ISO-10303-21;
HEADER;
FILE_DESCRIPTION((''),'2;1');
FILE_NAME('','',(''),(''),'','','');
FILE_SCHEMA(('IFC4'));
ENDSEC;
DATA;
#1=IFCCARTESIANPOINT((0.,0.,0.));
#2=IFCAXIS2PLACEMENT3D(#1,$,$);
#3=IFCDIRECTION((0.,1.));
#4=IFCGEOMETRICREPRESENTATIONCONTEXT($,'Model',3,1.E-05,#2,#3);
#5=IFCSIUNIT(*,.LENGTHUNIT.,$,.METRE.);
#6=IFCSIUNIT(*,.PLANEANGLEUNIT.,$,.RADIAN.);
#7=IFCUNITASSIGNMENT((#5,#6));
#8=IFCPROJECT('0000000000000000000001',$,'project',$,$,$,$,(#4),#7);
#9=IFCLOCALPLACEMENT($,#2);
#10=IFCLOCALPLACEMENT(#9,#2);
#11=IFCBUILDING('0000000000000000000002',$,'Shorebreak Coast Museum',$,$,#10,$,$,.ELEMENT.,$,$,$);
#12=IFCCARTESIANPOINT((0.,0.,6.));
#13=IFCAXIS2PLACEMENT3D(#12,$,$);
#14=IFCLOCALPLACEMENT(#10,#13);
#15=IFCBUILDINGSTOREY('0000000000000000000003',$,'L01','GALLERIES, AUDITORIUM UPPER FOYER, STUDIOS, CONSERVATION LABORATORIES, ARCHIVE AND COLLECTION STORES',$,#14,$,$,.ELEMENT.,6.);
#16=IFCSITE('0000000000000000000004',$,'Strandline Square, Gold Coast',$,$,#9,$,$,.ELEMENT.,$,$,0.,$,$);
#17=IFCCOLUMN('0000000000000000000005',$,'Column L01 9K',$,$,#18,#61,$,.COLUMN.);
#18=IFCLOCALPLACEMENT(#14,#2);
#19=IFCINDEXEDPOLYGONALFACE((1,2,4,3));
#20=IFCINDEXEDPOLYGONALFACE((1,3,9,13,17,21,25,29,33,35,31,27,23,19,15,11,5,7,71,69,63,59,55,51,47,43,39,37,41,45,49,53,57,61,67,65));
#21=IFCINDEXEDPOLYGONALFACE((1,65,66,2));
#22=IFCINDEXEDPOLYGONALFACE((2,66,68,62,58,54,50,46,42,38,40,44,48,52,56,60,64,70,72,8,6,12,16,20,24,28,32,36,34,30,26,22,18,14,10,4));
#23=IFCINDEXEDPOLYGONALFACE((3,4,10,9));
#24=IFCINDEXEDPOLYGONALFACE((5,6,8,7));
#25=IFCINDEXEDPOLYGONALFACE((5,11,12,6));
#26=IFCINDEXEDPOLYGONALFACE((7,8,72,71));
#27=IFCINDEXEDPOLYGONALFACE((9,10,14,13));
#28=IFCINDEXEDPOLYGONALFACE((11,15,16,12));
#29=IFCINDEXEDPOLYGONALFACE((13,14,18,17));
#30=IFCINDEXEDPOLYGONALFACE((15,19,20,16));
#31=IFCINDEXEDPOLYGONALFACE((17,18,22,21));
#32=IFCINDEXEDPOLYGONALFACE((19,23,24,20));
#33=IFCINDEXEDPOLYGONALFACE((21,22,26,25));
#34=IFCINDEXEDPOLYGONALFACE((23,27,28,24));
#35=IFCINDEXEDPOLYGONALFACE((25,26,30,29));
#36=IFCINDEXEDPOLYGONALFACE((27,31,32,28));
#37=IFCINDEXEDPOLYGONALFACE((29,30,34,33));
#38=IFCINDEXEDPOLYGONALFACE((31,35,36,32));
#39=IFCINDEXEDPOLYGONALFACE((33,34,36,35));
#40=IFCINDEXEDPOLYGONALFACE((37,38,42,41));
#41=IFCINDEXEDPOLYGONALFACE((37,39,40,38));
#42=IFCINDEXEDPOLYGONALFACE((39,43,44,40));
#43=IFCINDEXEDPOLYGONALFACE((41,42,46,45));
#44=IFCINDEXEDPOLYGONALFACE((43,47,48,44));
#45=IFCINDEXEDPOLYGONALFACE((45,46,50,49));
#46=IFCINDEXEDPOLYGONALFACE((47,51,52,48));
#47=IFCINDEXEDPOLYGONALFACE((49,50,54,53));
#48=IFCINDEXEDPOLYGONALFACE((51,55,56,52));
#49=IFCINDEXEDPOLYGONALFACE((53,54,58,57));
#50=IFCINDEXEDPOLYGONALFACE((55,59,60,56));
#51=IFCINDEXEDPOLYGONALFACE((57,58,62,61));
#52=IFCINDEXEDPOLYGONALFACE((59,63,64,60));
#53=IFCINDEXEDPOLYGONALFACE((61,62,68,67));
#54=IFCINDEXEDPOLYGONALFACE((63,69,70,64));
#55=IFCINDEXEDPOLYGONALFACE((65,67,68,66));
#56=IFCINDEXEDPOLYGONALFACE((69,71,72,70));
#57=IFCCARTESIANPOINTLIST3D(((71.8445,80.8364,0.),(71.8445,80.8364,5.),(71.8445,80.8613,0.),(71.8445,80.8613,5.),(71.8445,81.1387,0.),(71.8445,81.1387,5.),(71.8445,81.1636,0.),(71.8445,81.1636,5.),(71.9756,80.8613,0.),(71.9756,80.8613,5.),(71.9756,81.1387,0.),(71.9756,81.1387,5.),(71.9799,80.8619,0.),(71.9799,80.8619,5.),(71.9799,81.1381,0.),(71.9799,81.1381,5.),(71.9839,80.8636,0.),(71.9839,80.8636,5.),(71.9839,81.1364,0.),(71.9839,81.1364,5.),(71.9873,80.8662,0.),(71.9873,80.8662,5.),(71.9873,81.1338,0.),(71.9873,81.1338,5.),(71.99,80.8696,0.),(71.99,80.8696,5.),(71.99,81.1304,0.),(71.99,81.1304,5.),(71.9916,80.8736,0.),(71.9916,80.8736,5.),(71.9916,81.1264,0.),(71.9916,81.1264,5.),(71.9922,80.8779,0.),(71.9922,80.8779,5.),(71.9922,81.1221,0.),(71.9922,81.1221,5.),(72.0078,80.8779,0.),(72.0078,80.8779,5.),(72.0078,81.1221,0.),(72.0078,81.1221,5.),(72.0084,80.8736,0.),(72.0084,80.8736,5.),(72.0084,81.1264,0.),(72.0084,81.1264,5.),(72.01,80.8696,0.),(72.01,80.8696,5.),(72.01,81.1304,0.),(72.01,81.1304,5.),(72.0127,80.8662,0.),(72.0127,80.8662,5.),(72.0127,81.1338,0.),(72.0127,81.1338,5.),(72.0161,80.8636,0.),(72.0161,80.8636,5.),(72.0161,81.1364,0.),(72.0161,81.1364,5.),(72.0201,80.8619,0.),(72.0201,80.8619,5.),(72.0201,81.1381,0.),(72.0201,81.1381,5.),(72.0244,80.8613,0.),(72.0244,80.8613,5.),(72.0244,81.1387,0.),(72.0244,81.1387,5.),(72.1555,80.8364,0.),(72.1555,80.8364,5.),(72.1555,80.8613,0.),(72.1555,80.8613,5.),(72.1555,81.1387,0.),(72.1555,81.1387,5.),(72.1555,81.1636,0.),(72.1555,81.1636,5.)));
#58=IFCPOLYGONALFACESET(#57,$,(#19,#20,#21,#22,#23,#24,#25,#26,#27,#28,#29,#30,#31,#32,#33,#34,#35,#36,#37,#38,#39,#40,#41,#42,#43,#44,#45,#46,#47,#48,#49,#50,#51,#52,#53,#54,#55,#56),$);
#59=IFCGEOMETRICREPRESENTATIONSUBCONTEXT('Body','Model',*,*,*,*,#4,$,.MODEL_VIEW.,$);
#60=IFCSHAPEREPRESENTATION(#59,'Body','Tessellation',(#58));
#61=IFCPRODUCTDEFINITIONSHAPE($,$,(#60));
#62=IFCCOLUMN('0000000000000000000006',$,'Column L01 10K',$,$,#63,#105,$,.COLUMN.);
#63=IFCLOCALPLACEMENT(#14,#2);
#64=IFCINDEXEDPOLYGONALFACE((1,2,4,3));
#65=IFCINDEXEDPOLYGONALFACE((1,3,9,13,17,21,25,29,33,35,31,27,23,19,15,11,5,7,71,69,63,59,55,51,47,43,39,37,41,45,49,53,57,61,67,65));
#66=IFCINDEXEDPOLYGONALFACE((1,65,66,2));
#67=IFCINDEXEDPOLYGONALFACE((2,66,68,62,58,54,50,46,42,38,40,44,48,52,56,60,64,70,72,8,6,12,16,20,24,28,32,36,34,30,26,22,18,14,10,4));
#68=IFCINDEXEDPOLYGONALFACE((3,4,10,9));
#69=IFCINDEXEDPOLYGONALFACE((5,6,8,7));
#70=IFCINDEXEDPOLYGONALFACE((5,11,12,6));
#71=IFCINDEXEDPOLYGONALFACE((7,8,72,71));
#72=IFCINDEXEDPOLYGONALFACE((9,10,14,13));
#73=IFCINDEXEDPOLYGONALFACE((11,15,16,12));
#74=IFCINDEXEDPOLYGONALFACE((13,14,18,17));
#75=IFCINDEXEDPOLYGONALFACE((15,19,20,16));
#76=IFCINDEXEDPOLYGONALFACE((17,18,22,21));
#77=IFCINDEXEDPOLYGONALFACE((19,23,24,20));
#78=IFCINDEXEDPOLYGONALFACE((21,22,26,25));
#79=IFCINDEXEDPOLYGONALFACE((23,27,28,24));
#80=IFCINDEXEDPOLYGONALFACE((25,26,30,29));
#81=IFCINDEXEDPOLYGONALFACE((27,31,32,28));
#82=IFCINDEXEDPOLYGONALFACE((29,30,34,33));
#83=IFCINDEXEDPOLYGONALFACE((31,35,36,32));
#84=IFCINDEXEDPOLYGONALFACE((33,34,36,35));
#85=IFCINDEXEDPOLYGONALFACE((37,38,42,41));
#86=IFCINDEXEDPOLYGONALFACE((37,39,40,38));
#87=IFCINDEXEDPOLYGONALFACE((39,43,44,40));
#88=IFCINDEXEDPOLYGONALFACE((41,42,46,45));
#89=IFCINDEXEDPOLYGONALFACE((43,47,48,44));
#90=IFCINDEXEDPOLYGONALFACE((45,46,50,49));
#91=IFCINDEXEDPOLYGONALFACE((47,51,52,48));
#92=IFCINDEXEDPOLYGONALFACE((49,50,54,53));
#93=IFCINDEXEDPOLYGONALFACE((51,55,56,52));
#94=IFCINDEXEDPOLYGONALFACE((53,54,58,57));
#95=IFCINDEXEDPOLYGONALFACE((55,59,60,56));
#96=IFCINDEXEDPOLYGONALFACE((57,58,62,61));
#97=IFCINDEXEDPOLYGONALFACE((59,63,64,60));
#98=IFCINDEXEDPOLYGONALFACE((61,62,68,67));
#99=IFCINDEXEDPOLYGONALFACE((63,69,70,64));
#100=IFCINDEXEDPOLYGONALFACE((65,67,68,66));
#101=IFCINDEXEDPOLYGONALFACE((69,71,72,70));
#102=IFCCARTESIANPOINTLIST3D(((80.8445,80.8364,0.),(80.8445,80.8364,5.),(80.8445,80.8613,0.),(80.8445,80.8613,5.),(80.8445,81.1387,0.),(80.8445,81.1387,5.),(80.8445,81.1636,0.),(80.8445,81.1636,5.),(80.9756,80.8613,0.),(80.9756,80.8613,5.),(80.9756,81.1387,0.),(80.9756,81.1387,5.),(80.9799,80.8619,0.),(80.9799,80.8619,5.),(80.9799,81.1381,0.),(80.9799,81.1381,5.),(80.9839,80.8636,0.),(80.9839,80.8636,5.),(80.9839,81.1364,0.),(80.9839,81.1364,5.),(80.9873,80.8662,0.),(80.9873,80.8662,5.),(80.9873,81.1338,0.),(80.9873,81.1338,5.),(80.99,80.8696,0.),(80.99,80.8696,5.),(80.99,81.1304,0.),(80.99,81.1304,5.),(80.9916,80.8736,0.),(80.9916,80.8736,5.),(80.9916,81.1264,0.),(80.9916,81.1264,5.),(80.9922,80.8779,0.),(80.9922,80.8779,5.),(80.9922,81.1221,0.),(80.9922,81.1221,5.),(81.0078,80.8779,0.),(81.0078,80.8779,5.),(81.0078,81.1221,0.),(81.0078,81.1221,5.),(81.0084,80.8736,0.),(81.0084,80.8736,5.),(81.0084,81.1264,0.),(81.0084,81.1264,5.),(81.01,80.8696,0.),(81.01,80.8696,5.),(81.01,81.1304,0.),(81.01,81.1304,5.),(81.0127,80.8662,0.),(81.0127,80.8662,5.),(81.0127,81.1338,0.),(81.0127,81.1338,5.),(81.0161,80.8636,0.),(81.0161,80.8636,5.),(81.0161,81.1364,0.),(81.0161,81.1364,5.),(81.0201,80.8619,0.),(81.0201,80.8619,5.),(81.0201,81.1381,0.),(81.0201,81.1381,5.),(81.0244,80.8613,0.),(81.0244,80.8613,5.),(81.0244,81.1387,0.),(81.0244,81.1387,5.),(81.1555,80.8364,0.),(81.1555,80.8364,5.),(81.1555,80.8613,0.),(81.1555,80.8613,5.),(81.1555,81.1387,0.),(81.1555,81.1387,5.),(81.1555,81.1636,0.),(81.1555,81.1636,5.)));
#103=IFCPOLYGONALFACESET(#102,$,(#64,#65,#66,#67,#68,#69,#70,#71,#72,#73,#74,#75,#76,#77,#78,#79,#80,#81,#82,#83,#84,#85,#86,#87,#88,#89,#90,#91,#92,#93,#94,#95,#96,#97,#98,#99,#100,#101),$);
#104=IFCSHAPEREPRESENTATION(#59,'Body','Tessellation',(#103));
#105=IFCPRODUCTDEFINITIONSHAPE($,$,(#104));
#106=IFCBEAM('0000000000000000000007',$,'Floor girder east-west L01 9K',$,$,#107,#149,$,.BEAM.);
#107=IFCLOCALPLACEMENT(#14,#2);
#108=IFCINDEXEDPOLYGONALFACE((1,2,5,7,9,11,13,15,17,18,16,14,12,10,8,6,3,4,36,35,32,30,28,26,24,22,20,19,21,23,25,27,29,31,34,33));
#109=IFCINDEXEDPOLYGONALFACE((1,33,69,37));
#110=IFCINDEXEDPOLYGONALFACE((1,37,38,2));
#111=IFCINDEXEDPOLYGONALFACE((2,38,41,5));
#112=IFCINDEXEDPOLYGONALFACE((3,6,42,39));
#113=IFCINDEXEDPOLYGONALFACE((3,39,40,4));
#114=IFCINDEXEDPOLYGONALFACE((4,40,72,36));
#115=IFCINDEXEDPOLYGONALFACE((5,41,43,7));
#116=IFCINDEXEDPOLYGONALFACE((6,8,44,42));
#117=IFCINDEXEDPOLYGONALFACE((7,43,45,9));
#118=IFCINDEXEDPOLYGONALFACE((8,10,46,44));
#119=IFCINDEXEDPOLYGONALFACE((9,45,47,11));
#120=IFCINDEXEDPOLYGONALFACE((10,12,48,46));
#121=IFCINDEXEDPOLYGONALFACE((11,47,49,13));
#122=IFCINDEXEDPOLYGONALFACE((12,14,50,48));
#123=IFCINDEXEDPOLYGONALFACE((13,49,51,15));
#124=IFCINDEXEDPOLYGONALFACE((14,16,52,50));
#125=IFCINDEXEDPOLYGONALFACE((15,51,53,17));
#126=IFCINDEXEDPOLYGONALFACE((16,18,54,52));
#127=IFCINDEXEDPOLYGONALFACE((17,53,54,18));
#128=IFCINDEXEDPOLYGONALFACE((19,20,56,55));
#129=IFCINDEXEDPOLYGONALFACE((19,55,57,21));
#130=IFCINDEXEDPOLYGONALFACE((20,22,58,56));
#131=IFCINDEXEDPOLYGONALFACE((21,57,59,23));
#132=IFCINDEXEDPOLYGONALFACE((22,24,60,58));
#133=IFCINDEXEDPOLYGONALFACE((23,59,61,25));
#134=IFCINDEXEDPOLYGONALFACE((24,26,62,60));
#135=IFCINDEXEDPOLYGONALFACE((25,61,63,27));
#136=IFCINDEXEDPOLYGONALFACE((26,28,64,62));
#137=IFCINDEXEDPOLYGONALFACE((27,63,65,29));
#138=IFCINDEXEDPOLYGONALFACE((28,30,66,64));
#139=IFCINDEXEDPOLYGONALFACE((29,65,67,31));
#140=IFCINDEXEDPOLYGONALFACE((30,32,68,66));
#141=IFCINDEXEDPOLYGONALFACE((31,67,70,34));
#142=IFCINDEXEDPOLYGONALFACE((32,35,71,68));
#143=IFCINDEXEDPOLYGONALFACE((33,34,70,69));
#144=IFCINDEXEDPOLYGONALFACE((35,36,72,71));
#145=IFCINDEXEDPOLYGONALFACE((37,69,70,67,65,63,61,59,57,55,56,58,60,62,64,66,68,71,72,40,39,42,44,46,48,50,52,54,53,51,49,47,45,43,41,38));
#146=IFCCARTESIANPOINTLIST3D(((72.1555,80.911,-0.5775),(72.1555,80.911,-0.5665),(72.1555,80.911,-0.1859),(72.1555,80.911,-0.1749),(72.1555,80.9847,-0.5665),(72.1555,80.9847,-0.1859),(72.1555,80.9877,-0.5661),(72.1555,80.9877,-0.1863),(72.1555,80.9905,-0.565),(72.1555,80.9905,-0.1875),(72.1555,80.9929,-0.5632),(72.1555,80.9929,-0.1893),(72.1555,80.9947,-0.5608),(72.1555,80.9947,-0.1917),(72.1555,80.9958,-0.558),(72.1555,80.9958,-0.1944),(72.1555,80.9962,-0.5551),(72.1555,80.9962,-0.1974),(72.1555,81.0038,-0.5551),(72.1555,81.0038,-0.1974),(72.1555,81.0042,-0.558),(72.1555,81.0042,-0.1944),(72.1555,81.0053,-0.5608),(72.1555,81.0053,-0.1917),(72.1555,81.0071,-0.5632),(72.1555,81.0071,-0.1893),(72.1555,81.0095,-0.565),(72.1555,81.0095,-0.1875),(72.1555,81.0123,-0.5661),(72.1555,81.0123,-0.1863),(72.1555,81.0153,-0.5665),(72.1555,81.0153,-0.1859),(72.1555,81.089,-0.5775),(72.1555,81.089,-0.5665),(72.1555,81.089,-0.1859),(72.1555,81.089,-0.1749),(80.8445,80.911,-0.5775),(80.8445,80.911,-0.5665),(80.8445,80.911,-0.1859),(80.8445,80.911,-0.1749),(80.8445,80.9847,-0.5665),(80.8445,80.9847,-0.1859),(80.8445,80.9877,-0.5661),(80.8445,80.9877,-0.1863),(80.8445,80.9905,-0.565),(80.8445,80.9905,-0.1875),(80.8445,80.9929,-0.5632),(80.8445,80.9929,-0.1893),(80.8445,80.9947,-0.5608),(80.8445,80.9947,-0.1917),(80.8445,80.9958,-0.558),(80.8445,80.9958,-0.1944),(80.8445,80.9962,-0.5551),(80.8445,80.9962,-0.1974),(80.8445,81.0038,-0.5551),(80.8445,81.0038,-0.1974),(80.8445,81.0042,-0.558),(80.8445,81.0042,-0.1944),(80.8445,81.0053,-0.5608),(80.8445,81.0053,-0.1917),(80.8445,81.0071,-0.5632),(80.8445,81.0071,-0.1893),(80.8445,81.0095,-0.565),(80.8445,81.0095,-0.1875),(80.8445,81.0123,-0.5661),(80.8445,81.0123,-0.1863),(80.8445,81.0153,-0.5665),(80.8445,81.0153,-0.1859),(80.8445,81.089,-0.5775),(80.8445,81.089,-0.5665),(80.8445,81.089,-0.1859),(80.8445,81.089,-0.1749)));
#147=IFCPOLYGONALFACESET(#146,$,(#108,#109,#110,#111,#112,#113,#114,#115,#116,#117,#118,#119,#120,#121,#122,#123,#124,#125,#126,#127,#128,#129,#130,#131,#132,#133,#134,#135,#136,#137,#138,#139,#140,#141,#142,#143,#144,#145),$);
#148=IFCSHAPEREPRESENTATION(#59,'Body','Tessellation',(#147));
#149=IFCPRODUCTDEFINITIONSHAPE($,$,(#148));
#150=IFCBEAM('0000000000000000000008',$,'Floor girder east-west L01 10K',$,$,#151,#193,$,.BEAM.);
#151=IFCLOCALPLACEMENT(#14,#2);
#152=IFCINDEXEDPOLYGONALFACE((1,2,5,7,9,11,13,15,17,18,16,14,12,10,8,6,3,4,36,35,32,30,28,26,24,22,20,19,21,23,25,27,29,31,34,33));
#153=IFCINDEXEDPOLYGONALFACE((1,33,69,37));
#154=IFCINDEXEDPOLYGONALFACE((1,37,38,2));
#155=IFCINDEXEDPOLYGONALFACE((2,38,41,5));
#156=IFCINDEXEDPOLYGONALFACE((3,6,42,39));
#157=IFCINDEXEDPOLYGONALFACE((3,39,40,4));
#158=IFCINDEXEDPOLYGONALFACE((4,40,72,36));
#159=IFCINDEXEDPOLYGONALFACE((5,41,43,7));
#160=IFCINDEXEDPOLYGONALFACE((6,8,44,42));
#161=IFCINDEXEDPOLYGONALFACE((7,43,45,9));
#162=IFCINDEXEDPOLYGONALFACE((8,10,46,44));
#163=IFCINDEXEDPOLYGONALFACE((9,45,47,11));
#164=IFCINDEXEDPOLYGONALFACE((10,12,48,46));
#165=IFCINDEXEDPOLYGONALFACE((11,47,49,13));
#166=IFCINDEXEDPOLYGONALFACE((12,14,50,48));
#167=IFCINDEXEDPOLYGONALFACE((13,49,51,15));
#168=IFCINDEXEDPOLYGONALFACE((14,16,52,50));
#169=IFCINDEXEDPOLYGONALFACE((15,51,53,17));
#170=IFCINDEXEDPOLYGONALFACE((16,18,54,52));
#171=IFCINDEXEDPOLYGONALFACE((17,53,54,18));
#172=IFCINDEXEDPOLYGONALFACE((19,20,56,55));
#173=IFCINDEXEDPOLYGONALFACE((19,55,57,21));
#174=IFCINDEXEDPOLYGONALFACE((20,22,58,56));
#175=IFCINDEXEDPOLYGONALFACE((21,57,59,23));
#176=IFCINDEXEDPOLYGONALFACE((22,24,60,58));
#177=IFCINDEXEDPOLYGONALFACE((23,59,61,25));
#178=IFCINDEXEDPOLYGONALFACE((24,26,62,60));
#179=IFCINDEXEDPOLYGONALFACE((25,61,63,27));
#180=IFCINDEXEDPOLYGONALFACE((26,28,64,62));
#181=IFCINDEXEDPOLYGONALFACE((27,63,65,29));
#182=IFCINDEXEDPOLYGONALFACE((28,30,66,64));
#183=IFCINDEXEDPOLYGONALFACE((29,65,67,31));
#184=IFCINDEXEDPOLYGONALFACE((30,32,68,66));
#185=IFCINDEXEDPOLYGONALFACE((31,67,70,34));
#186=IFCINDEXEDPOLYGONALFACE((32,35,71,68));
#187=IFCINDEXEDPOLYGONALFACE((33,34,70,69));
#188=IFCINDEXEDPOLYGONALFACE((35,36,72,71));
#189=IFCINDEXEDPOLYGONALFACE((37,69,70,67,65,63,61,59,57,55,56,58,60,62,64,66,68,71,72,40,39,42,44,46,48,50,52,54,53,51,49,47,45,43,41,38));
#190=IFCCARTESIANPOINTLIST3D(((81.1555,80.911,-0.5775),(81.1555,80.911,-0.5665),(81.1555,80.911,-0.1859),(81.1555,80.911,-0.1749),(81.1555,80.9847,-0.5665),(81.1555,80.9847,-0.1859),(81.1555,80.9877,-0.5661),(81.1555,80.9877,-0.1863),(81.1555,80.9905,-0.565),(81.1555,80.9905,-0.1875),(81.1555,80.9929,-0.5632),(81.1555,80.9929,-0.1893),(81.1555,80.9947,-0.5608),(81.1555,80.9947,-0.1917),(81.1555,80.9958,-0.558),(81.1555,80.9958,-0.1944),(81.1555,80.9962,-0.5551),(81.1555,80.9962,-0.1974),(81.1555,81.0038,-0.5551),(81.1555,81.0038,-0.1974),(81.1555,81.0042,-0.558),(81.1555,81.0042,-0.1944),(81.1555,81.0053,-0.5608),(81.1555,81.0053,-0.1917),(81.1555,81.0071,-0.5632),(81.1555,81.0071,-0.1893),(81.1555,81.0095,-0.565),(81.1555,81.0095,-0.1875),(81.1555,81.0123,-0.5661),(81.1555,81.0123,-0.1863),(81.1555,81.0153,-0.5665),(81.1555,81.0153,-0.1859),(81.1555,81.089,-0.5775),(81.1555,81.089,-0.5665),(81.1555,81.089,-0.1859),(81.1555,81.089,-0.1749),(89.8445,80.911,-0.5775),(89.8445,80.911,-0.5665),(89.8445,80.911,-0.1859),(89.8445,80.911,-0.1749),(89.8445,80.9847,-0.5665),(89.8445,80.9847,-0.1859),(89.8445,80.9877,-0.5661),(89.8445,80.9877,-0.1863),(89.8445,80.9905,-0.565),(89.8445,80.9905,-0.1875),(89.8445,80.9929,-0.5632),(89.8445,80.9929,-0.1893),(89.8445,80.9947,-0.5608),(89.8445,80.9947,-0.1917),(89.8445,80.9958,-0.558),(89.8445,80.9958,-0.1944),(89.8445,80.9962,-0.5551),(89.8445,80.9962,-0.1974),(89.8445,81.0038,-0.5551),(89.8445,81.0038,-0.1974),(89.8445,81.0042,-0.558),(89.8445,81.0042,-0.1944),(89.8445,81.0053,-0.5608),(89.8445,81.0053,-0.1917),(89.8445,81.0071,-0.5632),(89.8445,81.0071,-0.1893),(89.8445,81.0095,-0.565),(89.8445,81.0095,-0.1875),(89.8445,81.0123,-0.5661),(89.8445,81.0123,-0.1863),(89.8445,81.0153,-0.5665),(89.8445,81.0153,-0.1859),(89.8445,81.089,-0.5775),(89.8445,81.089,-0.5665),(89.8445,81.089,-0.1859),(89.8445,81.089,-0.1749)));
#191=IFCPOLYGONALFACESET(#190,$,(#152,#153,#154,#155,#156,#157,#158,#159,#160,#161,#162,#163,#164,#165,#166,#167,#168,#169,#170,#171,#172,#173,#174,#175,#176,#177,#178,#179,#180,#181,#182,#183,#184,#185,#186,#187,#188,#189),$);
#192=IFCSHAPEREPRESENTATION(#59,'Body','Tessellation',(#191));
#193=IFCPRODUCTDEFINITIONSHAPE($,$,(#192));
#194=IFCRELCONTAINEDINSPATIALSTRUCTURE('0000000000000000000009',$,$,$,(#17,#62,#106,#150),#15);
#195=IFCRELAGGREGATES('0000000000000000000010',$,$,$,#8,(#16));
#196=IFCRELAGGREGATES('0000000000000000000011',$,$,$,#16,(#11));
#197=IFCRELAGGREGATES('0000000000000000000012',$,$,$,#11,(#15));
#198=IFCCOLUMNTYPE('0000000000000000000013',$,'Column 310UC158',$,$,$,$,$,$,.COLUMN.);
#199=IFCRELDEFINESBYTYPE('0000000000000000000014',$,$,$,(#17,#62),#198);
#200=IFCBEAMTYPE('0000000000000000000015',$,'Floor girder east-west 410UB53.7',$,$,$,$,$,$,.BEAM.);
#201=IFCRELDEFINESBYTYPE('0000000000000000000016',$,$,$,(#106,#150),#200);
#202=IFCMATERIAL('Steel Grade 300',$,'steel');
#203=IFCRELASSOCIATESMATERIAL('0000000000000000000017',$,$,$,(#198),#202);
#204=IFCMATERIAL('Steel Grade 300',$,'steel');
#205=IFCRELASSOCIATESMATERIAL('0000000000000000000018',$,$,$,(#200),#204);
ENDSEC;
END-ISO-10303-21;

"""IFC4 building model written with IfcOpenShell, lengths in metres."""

from ifc_helpers import new_model, si_unit, direction, frame, origin, origin_2d, place, context, subcontext, project, spatial, i_section, extrude, material, material_profile, profile_set, type_object, element, save


model = new_model("IFC4")

# Units and contexts
model_context = context("Model", 3, precision=1e-05, world=origin(), true_north=direction((0.0, 1.0)))
body_context = subcontext(model_context, "Body", "Model", "MODEL_VIEW")
ifc_project = project(units=[si_unit("LENGTHUNIT", "METRE"), si_unit("PLANEANGLEUNIT", "RADIAN")], contexts=[model_context])

# Site, building, storey
site_placement = place(None, origin())
site = spatial("IfcSite", under=ifc_project, at=site_placement, Name="Strandline Square, Gold Coast", CompositionType="ELEMENT", RefElevation=0.0)
building_placement = place(site_placement, origin())
building = spatial("IfcBuilding", under=site, at=building_placement, Name="Shorebreak Coast Museum", CompositionType="ELEMENT")
storey_placement = place(building_placement, frame((0.0, 0.0, 6.0)))
storey = spatial("IfcBuildingStorey", under=building, at=storey_placement, Name="L01", Description="GALLERIES, AUDITORIUM UPPER FOYER, STUDIOS, CONSERVATION LABORATORIES, ARCHIVE AND COLLECTION STORES", CompositionType="ELEMENT", Elevation=6.0)

# Columns
ifc_material_1 = material(Name="Steel Grade 300", Category="steel")
ifc_material_profile_1 = material_profile(ifc_material_1, i_section(OverallWidth=0.311, OverallDepth=0.3271, WebThickness=0.0156, FlangeThickness=0.0249, FilletRadius=0.0166, at=origin_2d()), Name="310UC158")
ifc_profile_set_1 = profile_set([ifc_material_profile_1], Name="Steel Grade 300")
column_type = type_object("IfcColumnType", Name="Column 310UC158", PredefinedType="COLUMN", material=ifc_profile_set_1)
for number, where, z_axis, x_axis, name in (
    (1, (72.0, 81.0, 0.0), (0.0, 0.0, 1.0), (1.0, 0.0, 0.0), "Column L01 9K"),
    (2, (81.0, 81.0, 0.0), (0.0, 0.0, 1.0), (1.0, 0.0, 0.0), "Column L01 10K"),
):
    element("IfcColumn", number, at=place(storey_placement, frame(where, z_axis=z_axis, x_axis=x_axis)), inside=storey, type_object=column_type, Name=name, PredefinedType="COLUMN", context=body_context, shape_type="SweptSolid", body=[
        extrude(i_section(OverallWidth=0.311, OverallDepth=0.3271, WebThickness=0.0156, FlangeThickness=0.0249, FilletRadius=0.0166, at=origin_2d()), origin(), (0.0, 0.0, 1.0), 5.0),
    ])

# Beams
ifc_material_2 = material(Name="Steel Grade 300", Category="steel")
ifc_material_profile_2 = material_profile(ifc_material_2, i_section(OverallWidth=0.178, OverallDepth=0.4026, WebThickness=0.0076, FlangeThickness=0.011, FilletRadius=0.0115, at=origin_2d()), Name="410UB53.7")
ifc_profile_set_2 = profile_set([ifc_material_profile_2], Name="Steel Grade 300")
beam_type = type_object("IfcBeamType", Name="Floor girder east-west 410UB53.7", PredefinedType="BEAM", material=ifc_profile_set_2)
for number, where, z_axis, x_axis, name in (
    (3, (72.1555, 81.0, -0.3762), (1.0, 0.0, 0.0), (0.0, 1.0, 0.0), "Floor girder east-west L01 9K"),
    (4, (81.1555, 81.0, -0.3762), (1.0, 0.0, 0.0), (0.0, 1.0, 0.0), "Floor girder east-west L01 10K"),
):
    element("IfcBeam", number, at=place(storey_placement, frame(where, z_axis=z_axis, x_axis=x_axis)), inside=storey, type_object=beam_type, Name=name, PredefinedType="BEAM", context=body_context, shape_type="SweptSolid", body=[
        extrude(i_section(OverallWidth=0.178, OverallDepth=0.4026, WebThickness=0.0076, FlangeThickness=0.011, FilletRadius=0.0115, at=origin_2d()), origin(), (0.0, 0.0, 1.0), 8.689),
    ])

save(model, "model.ifc")
